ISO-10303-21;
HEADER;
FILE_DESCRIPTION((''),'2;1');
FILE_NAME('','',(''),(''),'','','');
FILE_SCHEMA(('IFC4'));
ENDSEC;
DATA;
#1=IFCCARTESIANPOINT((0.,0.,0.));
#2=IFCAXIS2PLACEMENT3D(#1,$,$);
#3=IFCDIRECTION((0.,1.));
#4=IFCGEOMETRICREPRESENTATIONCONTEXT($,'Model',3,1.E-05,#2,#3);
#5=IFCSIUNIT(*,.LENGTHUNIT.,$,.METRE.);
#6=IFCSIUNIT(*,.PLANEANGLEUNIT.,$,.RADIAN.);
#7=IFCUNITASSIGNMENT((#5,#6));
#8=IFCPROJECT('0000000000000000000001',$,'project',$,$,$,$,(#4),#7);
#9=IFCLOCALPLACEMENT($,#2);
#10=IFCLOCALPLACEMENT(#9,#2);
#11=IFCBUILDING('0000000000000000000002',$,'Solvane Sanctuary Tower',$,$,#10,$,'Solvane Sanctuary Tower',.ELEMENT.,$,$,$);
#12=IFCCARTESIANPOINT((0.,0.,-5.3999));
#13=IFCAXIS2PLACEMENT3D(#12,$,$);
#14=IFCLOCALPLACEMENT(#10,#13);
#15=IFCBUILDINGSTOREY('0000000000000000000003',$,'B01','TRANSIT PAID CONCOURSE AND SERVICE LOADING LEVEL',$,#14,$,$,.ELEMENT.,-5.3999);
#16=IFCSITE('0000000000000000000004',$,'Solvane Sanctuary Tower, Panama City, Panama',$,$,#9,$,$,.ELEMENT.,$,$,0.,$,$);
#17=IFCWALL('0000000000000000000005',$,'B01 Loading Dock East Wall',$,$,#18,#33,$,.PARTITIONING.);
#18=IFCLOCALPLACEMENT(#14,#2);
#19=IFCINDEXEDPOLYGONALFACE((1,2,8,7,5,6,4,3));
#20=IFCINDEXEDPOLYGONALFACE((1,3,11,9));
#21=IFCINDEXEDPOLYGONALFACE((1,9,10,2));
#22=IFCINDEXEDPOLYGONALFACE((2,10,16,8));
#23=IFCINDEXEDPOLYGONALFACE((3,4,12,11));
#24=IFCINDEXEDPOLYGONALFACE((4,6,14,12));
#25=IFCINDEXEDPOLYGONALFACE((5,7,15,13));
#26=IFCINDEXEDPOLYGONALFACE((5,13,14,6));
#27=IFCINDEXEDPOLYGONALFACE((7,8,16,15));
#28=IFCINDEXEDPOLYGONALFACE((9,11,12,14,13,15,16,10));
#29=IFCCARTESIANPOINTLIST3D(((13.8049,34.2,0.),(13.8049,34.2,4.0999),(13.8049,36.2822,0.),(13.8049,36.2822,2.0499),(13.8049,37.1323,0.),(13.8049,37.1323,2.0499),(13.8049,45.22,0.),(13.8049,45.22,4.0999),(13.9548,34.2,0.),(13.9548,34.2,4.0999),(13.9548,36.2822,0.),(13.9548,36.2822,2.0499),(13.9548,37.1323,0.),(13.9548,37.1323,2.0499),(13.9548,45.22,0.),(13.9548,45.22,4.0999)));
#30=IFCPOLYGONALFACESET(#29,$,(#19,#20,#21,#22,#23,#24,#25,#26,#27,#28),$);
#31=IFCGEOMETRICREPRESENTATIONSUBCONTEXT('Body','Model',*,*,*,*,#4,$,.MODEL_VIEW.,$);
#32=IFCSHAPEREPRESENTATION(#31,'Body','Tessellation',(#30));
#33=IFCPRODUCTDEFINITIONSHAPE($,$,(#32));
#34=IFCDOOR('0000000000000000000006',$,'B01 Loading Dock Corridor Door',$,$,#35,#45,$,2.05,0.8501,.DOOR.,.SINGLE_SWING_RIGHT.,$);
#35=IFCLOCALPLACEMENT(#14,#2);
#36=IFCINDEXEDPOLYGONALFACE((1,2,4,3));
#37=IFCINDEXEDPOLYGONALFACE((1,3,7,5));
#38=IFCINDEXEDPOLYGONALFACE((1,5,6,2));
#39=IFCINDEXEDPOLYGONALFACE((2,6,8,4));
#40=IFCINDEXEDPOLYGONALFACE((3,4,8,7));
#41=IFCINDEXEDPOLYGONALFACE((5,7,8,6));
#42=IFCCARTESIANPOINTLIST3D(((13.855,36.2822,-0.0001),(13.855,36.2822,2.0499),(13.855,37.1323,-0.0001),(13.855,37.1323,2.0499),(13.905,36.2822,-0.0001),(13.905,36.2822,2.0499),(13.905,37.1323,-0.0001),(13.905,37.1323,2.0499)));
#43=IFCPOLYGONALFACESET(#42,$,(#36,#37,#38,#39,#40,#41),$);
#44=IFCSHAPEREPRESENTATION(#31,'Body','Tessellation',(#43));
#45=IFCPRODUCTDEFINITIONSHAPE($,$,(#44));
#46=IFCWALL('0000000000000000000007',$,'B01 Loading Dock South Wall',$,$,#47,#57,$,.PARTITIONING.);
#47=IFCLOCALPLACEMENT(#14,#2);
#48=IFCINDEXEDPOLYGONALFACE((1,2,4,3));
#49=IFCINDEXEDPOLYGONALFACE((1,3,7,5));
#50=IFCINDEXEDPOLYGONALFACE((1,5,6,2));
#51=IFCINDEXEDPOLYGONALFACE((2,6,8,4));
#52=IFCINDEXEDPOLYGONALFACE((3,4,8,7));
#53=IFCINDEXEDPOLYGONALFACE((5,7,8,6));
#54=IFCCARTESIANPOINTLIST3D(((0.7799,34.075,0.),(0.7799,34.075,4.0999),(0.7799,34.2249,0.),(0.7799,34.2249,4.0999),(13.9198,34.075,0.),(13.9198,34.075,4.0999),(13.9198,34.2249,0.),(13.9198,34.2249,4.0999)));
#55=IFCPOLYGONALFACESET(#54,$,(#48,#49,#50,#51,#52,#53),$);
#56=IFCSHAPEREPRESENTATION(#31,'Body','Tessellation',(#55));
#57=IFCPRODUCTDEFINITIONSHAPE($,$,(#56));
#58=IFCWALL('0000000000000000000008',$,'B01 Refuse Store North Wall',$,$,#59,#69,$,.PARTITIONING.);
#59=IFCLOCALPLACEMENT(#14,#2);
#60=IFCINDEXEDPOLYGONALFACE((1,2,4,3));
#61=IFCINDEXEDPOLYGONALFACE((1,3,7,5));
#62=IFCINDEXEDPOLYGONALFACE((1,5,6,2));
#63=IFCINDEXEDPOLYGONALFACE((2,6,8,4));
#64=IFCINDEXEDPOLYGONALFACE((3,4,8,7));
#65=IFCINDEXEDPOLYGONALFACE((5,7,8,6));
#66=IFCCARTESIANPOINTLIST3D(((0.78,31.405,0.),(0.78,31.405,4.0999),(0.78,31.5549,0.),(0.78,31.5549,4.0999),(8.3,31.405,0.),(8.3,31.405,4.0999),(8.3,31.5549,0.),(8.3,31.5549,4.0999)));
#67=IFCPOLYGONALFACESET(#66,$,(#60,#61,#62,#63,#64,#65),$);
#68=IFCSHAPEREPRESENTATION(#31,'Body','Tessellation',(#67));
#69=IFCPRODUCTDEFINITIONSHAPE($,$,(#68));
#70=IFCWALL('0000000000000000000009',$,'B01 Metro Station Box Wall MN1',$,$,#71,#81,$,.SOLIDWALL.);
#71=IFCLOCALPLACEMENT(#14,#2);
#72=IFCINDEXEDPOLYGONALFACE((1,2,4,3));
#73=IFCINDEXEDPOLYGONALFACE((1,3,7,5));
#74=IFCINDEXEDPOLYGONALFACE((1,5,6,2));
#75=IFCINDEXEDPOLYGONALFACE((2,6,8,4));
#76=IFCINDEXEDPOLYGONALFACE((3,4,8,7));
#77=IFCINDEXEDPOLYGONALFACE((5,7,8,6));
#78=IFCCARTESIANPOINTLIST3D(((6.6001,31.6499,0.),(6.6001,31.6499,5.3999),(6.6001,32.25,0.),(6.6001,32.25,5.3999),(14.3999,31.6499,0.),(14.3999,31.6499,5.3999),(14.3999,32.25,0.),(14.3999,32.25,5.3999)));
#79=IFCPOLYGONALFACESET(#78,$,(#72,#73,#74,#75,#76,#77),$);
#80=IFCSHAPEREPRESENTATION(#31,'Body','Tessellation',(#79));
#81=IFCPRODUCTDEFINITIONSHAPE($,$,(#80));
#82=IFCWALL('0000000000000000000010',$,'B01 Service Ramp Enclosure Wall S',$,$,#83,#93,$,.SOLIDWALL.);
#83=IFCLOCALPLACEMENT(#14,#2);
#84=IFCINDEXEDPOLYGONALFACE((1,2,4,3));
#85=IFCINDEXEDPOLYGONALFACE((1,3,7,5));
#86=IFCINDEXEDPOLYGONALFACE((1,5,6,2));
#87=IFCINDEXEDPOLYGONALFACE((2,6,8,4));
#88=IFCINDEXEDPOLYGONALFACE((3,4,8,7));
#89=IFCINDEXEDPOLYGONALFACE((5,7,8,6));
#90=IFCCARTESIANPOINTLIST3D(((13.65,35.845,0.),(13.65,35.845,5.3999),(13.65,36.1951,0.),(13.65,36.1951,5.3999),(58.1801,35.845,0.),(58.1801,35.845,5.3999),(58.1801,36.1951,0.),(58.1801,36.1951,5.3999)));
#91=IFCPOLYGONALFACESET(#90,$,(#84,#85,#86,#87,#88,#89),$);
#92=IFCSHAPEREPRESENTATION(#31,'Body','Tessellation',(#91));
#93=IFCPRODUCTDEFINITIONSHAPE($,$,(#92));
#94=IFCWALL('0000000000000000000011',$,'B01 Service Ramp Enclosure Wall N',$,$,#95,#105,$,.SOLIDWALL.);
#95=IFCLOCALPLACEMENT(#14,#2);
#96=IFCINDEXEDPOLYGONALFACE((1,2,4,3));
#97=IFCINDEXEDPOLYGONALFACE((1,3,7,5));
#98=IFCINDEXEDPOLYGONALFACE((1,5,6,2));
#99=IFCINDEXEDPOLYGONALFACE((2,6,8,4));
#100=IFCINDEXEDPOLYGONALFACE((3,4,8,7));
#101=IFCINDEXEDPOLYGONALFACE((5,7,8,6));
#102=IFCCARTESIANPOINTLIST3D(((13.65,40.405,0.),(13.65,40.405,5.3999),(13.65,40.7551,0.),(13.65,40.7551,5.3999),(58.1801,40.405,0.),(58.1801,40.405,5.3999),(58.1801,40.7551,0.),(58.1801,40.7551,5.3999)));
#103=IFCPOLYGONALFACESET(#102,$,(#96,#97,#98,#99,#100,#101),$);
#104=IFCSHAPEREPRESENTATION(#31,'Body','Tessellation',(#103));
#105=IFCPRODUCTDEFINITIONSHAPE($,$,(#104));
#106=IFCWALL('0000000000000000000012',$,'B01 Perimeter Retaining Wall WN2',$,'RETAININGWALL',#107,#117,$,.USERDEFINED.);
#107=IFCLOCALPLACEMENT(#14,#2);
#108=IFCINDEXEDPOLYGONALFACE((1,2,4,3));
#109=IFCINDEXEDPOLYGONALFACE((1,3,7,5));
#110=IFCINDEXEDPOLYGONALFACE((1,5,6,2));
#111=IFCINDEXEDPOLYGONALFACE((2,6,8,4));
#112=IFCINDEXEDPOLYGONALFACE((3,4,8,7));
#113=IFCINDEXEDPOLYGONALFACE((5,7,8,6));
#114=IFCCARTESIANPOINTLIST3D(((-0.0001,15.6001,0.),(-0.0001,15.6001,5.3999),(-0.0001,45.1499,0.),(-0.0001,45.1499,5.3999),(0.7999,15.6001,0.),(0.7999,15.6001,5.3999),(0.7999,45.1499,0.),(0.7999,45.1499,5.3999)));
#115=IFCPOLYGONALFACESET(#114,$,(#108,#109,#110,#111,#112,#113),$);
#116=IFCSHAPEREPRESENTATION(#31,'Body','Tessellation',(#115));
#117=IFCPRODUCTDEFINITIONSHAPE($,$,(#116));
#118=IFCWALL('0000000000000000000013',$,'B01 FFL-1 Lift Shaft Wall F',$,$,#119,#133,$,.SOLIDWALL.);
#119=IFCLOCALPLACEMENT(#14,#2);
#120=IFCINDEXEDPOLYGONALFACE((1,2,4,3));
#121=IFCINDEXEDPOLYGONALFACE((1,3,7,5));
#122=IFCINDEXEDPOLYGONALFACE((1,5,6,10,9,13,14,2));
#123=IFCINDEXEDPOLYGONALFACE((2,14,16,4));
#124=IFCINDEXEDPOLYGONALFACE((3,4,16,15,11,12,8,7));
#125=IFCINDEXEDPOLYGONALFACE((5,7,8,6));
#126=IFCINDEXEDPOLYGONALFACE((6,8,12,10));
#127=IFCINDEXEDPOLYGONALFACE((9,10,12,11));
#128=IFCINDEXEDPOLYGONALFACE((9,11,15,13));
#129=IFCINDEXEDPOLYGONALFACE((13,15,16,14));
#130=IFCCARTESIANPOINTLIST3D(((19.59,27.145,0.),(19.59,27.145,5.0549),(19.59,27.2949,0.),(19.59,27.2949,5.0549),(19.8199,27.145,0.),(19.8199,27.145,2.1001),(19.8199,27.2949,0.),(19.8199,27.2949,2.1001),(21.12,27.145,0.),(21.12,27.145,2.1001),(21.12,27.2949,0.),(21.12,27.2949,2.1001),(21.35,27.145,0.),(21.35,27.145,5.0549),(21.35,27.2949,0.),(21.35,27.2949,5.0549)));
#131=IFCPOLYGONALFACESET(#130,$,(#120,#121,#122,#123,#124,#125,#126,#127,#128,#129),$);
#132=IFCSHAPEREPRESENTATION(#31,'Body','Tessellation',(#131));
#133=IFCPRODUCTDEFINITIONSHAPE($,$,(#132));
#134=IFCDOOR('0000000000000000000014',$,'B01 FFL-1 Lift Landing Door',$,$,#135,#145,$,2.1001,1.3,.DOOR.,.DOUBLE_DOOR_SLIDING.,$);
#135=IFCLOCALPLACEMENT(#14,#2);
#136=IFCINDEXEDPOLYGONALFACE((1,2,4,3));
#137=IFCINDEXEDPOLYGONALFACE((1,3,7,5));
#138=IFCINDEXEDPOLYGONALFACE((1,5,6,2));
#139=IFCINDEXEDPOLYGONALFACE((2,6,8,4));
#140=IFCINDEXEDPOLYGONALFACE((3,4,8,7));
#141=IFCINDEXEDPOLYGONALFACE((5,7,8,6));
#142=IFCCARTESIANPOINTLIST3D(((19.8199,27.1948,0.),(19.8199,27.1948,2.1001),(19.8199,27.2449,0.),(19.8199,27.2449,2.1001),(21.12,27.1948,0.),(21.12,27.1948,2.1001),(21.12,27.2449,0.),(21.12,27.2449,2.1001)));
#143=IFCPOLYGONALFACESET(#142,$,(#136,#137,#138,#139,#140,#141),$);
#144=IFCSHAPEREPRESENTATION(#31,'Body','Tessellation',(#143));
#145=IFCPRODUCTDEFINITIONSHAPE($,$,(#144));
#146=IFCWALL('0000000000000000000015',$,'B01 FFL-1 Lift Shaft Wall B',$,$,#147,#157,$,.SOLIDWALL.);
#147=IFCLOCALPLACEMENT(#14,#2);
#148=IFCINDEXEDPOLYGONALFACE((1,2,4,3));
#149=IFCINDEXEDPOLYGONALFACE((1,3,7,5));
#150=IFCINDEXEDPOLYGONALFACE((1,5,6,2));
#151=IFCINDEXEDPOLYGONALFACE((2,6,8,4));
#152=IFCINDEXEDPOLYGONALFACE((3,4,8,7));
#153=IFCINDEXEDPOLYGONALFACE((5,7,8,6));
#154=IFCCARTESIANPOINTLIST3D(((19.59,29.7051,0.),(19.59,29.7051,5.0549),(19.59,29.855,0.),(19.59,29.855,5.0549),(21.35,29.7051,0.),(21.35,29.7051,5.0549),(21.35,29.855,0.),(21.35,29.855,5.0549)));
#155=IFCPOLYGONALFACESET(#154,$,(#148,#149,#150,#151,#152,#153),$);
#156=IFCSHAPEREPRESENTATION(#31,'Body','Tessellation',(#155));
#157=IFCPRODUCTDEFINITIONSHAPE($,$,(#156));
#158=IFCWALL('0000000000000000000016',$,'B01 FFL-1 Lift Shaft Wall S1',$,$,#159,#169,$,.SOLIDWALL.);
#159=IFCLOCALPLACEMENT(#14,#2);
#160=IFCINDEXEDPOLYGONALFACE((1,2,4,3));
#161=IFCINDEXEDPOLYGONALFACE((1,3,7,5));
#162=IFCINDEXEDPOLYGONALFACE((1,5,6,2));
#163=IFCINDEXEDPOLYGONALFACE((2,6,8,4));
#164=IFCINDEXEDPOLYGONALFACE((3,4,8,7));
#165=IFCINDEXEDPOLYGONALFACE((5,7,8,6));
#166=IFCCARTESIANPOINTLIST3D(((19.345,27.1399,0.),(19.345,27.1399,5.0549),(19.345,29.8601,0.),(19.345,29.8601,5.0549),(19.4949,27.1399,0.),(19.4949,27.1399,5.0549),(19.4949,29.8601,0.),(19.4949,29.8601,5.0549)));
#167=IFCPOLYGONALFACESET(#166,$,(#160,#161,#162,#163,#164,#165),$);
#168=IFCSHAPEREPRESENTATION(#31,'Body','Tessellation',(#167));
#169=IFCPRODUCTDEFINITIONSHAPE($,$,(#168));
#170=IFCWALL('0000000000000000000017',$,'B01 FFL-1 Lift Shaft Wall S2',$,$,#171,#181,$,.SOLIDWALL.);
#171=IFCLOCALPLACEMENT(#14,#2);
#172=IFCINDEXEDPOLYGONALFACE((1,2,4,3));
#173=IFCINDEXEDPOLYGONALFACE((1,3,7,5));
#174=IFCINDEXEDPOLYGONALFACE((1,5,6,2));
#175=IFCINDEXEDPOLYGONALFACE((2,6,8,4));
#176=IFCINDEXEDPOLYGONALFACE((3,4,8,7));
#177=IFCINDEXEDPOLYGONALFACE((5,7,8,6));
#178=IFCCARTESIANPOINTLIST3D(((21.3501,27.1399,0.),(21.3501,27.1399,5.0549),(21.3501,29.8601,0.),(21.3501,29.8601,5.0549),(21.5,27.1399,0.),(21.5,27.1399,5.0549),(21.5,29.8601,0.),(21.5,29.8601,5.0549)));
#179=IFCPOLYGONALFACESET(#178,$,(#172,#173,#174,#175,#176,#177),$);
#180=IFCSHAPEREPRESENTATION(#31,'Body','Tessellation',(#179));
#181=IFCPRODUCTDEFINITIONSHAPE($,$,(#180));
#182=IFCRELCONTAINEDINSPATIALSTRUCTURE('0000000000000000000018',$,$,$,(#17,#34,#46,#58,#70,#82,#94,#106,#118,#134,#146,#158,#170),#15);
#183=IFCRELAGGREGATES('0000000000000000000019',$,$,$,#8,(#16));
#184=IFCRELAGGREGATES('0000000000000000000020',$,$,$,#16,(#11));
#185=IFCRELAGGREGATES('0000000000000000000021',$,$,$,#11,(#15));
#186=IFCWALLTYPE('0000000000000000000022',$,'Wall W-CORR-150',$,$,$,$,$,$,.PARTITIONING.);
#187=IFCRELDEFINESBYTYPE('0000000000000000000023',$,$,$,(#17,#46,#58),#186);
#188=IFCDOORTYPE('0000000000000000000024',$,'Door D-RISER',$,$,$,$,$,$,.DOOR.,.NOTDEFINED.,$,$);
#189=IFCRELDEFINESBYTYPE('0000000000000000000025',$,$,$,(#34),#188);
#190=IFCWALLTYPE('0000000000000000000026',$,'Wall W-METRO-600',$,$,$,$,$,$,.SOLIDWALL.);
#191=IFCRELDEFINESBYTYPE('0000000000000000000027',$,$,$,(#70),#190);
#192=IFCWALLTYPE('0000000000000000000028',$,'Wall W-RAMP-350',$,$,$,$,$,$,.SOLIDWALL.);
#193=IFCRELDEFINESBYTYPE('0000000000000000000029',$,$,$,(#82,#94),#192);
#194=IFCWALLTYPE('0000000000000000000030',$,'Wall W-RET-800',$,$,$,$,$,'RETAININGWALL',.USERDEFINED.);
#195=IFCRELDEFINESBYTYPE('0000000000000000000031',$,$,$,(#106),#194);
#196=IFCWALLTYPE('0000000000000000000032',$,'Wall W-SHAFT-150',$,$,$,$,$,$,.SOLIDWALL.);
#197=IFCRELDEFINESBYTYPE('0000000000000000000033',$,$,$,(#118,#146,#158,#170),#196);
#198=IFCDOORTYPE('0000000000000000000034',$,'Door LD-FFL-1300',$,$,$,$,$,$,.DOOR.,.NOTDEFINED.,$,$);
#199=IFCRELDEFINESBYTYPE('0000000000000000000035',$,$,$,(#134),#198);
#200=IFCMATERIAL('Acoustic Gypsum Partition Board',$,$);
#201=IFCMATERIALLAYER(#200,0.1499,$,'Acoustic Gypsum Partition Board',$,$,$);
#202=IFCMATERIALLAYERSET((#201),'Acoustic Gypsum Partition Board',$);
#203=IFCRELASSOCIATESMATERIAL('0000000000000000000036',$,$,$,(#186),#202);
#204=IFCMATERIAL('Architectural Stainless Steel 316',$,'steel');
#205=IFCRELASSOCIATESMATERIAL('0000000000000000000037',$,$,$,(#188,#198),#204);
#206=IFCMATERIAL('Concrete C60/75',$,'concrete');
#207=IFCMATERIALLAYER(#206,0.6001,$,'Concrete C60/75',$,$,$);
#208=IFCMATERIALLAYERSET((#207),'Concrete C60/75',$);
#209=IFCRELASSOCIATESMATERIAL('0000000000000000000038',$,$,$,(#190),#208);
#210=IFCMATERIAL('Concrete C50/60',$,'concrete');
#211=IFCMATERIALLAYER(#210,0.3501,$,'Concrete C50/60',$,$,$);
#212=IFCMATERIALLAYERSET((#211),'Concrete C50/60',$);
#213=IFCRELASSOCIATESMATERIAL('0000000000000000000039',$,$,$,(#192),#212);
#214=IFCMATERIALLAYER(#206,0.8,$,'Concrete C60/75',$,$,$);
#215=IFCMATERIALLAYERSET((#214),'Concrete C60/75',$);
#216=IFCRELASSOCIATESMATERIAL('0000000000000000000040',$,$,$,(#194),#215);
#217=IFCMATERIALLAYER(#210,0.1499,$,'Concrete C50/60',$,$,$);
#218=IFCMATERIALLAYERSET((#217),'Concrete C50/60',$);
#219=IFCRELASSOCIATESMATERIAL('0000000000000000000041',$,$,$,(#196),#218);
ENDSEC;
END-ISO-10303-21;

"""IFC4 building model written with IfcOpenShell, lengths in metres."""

from ifc_helpers import new_model, si_unit, direction, frame, frame_2d, origin, place, context, subcontext, project, spatial, rectangle, extrude, material, layer, layer_set, type_object, element, fill, save


model = new_model("IFC4")

# Units and contexts
model_context = context("Model", 3, precision=1e-05, world=origin(), true_north=direction((0.0, 1.0)))
body_context = subcontext(model_context, "Body", "Model", "MODEL_VIEW")
ifc_project = project(units=[si_unit("LENGTHUNIT", "METRE"), si_unit("PLANEANGLEUNIT", "RADIAN")], contexts=[model_context])

# Site, building, storey
site_placement = place(None, origin())
site = spatial("IfcSite", under=ifc_project, at=site_placement, Name="Solvane Sanctuary Tower, Panama City, Panama", CompositionType="ELEMENT", RefElevation=0.0)
building_placement = place(site_placement, origin())
building = spatial("IfcBuilding", under=site, at=building_placement, Name="Solvane Sanctuary Tower", LongName="Solvane Sanctuary Tower", CompositionType="ELEMENT")
storey_placement = place(building_placement, frame((0.0, 0.0, -5.3999)))
storey = spatial("IfcBuildingStorey", under=building, at=storey_placement, Name="B01", Description="TRANSIT PAID CONCOURSE AND SERVICE LOADING LEVEL", CompositionType="ELEMENT", Elevation=-5.3999)

# Shared definitions
ifc_material_1 = material(Name="Concrete C50/60", Category="concrete")

# Wall, opening, door
ifc_material_2 = material(Name="Acoustic Gypsum Partition Board")
ifc_layer_1 = layer(ifc_material_2, 0.1499, Name="Acoustic Gypsum Partition Board")
ifc_layer_set_1 = layer_set([ifc_layer_1], Name="Acoustic Gypsum Partition Board")
wall_type_1 = type_object("IfcWallType", Name="Wall W-CORR-150", PredefinedType="PARTITIONING", material=ifc_layer_set_1)
wall_1_placement = place(storey_placement, frame((13.8799, 34.2, 0.0), z_axis=(0.0, 0.0, 1.0), x_axis=(0.0, 1.0, 0.0)))
wall_1 = element("IfcWall", 1, at=wall_1_placement, inside=storey, type_object=wall_type_1, Name="B01 Loading Dock East Wall", PredefinedType="PARTITIONING", context=body_context, shape_type="SweptSolid", body=[
    extrude(rectangle(XDim=11.02, YDim=0.1499, at=frame_2d((5.51, 0.0))), origin(), (0.0, 0.0, 1.0), 4.0999),
])
opening_1_placement = place(wall_1_placement, frame((2.0823, 0.0, 0.0)))
opening_1 = element("IfcOpeningElement", 2, at=opening_1_placement, cuts=wall_1, PredefinedType="OPENING", context=body_context, shape_type="SweptSolid", body=[
    extrude(rectangle(XDim=0.8501, YDim=2.05, at=frame_2d((0.425, 1.0249))), frame((0.0, 0.085, 0.0), z_axis=(0.0, -1.0, 0.0), x_axis=(1.0, 0.0, 0.0)), (0.0, 0.0, 1.0), 0.1699),
])
ifc_material_3 = material(Name="Architectural Stainless Steel 316", Category="steel")
door_type_1 = type_object("IfcDoorType", Name="Door D-RISER", OperationType="NOTDEFINED", PredefinedType="DOOR", material=ifc_material_3)
door_1_placement = place(opening_1_placement, origin())
door_1 = element("IfcDoor", 3, at=door_1_placement, inside=storey, type_object=door_type_1, Name="B01 Loading Dock Corridor Door", OperationType="SINGLE_SWING_RIGHT", OverallHeight=2.05, OverallWidth=0.8501, PredefinedType="DOOR", context=body_context, shape_type="SweptSolid", body=[
    extrude(rectangle(XDim=0.8501, YDim=2.05, at=frame_2d((0.425, 1.0249))), frame((0.0, 0.0249, 0.0), z_axis=(0.0, -1.0, 0.0), x_axis=(1.0, 0.0, 0.0)), (0.0, 0.0, 1.0), 0.05),
])
fill(opening_1, door_1)

# Walls
wall_2_placement = place(storey_placement, frame((0.78, 34.1499, 0.0), z_axis=(0.0, 0.0, 1.0), x_axis=(1.0, 0.0, 0.0)))
element("IfcWall", 4, at=wall_2_placement, inside=storey, type_object=wall_type_1, Name="B01 Loading Dock South Wall", PredefinedType="PARTITIONING", context=body_context, shape_type="SweptSolid", body=[
    extrude(rectangle(XDim=13.1399, YDim=0.1499, at=frame_2d((6.5698, 0.0))), origin(), (0.0, 0.0, 1.0), 4.0999),
])
wall_3_placement = place(storey_placement, frame((0.78, 31.48, 0.0), z_axis=(0.0, 0.0, 1.0), x_axis=(1.0, 0.0, 0.0)))
element("IfcWall", 5, at=wall_3_placement, inside=storey, type_object=wall_type_1, Name="B01 Refuse Store North Wall", PredefinedType="PARTITIONING", context=body_context, shape_type="SweptSolid", body=[
    extrude(rectangle(XDim=7.52, YDim=0.1499, at=frame_2d((3.76, 0.0))), origin(), (0.0, 0.0, 1.0), 4.0999),
])
ifc_material_4 = material(Name="Concrete C60/75", Category="concrete")
ifc_layer_2 = layer(ifc_material_4, 0.6001, Name="Concrete C60/75")
ifc_layer_set_2 = layer_set([ifc_layer_2], Name="Concrete C60/75")
wall_type_2 = type_object("IfcWallType", Name="Wall W-METRO-600", PredefinedType="SOLIDWALL", material=ifc_layer_set_2)
wall_4_placement = place(storey_placement, frame((6.6001, 31.95, 0.0), z_axis=(0.0, 0.0, 1.0), x_axis=(1.0, 0.0, 0.0)))
element("IfcWall", 6, at=wall_4_placement, inside=storey, type_object=wall_type_2, Name="B01 Metro Station Box Wall MN1", PredefinedType="SOLIDWALL", context=body_context, shape_type="SweptSolid", body=[
    extrude(rectangle(XDim=7.7998, YDim=0.6001, at=frame_2d((3.8999, 0.0))), origin(), (0.0, 0.0, 1.0), 5.3999),
])
ifc_layer_3 = layer(ifc_material_1, 0.3501, Name="Concrete C50/60")
ifc_layer_set_3 = layer_set([ifc_layer_3], Name="Concrete C50/60")
wall_type_3 = type_object("IfcWallType", Name="Wall W-RAMP-350", PredefinedType="SOLIDWALL", material=ifc_layer_set_3)
for number, where, z_axis, x_axis, name in (
    (7, (13.6499, 36.02, 0.0), (0.0, 0.0, 1.0), (1.0, 0.0, 0.0), "B01 Service Ramp Enclosure Wall S"),
    (8, (13.6499, 40.5801, 0.0), (0.0, 0.0, 1.0), (1.0, 0.0, 0.0), "B01 Service Ramp Enclosure Wall N"),
):
    element("IfcWall", number, at=place(storey_placement, frame(where, z_axis=z_axis, x_axis=x_axis)), inside=storey, type_object=wall_type_3, Name=name, PredefinedType="SOLIDWALL", context=body_context, shape_type="SweptSolid", body=[
        extrude(rectangle(XDim=44.53, YDim=0.3501, at=frame_2d((22.2651, 0.0))), origin(), (0.0, 0.0, 1.0), 5.3999),
    ])
ifc_layer_4 = layer(ifc_material_4, 0.8, Name="Concrete C60/75")
ifc_layer_set_4 = layer_set([ifc_layer_4], Name="Concrete C60/75")
wall_type_4 = type_object("IfcWallType", Name="Wall W-RET-800", ElementType="RETAININGWALL", PredefinedType="USERDEFINED", material=ifc_layer_set_4)
wall_5_placement = place(storey_placement, frame((0.3999, 45.1499, 0.0), z_axis=(0.0, 0.0, 1.0), x_axis=(0.0, -1.0, 0.0)))
element("IfcWall", 9, at=wall_5_placement, inside=storey, type_object=wall_type_4, Name="B01 Perimeter Retaining Wall WN2", ObjectType="RETAININGWALL", PredefinedType="USERDEFINED", context=body_context, shape_type="SweptSolid", body=[
    extrude(rectangle(XDim=29.5498, YDim=0.8, at=frame_2d((14.7749, 0.0))), origin(), (0.0, 0.0, 1.0), 5.3999),
])

# Wall, opening, door
ifc_layer_5 = layer(ifc_material_1, 0.1499, Name="Concrete C50/60")
ifc_layer_set_5 = layer_set([ifc_layer_5], Name="Concrete C50/60")
wall_type_5 = type_object("IfcWallType", Name="Wall W-SHAFT-150", PredefinedType="SOLIDWALL", material=ifc_layer_set_5)
wall_6_placement = place(storey_placement, frame((19.5901, 27.22, 0.0), z_axis=(0.0, 0.0, 1.0), x_axis=(1.0, 0.0, 0.0)))
wall_6 = element("IfcWall", 10, at=wall_6_placement, inside=storey, type_object=wall_type_5, Name="B01 FFL-1 Lift Shaft Wall F", PredefinedType="SOLIDWALL", context=body_context, shape_type="SweptSolid", body=[
    extrude(rectangle(XDim=1.76, YDim=0.1499, at=frame_2d((0.8799, 0.0))), origin(), (0.0, 0.0, 1.0), 5.0549),
])
opening_2_placement = place(wall_6_placement, frame((0.23, 0.0, 0.0)))
opening_2 = element("IfcOpeningElement", 11, at=opening_2_placement, cuts=wall_6, PredefinedType="OPENING", context=body_context, shape_type="SweptSolid", body=[
    extrude(rectangle(XDim=1.3, YDim=2.1001, at=frame_2d((0.6499, 1.05))), frame((0.0, 0.085, 0.0), z_axis=(0.0, -1.0, 0.0), x_axis=(1.0, 0.0, 0.0)), (0.0, 0.0, 1.0), 0.1699),
])
door_type_2 = type_object("IfcDoorType", Name="Door LD-FFL-1300", OperationType="NOTDEFINED", PredefinedType="DOOR", material=ifc_material_3)
door_2_placement = place(opening_2_placement, origin())
door_2 = element("IfcDoor", 12, at=door_2_placement, inside=storey, type_object=door_type_2, Name="B01 FFL-1 Lift Landing Door", OperationType="DOUBLE_DOOR_SLIDING", OverallHeight=2.1001, OverallWidth=1.3, PredefinedType="DOOR", context=body_context, shape_type="SweptSolid", body=[
    extrude(rectangle(XDim=1.3, YDim=2.1001, at=frame_2d((0.6499, 1.05))), frame((0.0, 0.0249, 0.0), z_axis=(0.0, -1.0, 0.0), x_axis=(1.0, 0.0, 0.0)), (0.0, 0.0, 1.0), 0.05),
])
fill(opening_2, door_2)

# Walls
wall_7_placement = place(storey_placement, frame((19.5901, 29.78, 0.0), z_axis=(0.0, 0.0, 1.0), x_axis=(1.0, 0.0, 0.0)))
element("IfcWall", 13, at=wall_7_placement, inside=storey, type_object=wall_type_5, Name="B01 FFL-1 Lift Shaft Wall B", PredefinedType="SOLIDWALL", context=body_context, shape_type="SweptSolid", body=[
    extrude(rectangle(XDim=1.76, YDim=0.1499, at=frame_2d((0.8799, 0.0))), origin(), (0.0, 0.0, 1.0), 5.0549),
])
for number, where, z_axis, x_axis, name in (
    (14, (19.4199, 27.1399, 0.0), (0.0, 0.0, 1.0), (0.0, 1.0, 0.0), "B01 FFL-1 Lift Shaft Wall S1"),
    (15, (21.425, 27.1399, 0.0), (0.0, 0.0, 1.0), (0.0, 1.0, 0.0), "B01 FFL-1 Lift Shaft Wall S2"),
):
    element("IfcWall", number, at=place(storey_placement, frame(where, z_axis=z_axis, x_axis=x_axis)), inside=storey, type_object=wall_type_5, Name=name, PredefinedType="SOLIDWALL", context=body_context, shape_type="SweptSolid", body=[
        extrude(rectangle(XDim=2.7202, YDim=0.1499, at=frame_2d((1.3601, 0.0))), origin(), (0.0, 0.0, 1.0), 5.0549),
    ])

save(model, "model.ifc")
